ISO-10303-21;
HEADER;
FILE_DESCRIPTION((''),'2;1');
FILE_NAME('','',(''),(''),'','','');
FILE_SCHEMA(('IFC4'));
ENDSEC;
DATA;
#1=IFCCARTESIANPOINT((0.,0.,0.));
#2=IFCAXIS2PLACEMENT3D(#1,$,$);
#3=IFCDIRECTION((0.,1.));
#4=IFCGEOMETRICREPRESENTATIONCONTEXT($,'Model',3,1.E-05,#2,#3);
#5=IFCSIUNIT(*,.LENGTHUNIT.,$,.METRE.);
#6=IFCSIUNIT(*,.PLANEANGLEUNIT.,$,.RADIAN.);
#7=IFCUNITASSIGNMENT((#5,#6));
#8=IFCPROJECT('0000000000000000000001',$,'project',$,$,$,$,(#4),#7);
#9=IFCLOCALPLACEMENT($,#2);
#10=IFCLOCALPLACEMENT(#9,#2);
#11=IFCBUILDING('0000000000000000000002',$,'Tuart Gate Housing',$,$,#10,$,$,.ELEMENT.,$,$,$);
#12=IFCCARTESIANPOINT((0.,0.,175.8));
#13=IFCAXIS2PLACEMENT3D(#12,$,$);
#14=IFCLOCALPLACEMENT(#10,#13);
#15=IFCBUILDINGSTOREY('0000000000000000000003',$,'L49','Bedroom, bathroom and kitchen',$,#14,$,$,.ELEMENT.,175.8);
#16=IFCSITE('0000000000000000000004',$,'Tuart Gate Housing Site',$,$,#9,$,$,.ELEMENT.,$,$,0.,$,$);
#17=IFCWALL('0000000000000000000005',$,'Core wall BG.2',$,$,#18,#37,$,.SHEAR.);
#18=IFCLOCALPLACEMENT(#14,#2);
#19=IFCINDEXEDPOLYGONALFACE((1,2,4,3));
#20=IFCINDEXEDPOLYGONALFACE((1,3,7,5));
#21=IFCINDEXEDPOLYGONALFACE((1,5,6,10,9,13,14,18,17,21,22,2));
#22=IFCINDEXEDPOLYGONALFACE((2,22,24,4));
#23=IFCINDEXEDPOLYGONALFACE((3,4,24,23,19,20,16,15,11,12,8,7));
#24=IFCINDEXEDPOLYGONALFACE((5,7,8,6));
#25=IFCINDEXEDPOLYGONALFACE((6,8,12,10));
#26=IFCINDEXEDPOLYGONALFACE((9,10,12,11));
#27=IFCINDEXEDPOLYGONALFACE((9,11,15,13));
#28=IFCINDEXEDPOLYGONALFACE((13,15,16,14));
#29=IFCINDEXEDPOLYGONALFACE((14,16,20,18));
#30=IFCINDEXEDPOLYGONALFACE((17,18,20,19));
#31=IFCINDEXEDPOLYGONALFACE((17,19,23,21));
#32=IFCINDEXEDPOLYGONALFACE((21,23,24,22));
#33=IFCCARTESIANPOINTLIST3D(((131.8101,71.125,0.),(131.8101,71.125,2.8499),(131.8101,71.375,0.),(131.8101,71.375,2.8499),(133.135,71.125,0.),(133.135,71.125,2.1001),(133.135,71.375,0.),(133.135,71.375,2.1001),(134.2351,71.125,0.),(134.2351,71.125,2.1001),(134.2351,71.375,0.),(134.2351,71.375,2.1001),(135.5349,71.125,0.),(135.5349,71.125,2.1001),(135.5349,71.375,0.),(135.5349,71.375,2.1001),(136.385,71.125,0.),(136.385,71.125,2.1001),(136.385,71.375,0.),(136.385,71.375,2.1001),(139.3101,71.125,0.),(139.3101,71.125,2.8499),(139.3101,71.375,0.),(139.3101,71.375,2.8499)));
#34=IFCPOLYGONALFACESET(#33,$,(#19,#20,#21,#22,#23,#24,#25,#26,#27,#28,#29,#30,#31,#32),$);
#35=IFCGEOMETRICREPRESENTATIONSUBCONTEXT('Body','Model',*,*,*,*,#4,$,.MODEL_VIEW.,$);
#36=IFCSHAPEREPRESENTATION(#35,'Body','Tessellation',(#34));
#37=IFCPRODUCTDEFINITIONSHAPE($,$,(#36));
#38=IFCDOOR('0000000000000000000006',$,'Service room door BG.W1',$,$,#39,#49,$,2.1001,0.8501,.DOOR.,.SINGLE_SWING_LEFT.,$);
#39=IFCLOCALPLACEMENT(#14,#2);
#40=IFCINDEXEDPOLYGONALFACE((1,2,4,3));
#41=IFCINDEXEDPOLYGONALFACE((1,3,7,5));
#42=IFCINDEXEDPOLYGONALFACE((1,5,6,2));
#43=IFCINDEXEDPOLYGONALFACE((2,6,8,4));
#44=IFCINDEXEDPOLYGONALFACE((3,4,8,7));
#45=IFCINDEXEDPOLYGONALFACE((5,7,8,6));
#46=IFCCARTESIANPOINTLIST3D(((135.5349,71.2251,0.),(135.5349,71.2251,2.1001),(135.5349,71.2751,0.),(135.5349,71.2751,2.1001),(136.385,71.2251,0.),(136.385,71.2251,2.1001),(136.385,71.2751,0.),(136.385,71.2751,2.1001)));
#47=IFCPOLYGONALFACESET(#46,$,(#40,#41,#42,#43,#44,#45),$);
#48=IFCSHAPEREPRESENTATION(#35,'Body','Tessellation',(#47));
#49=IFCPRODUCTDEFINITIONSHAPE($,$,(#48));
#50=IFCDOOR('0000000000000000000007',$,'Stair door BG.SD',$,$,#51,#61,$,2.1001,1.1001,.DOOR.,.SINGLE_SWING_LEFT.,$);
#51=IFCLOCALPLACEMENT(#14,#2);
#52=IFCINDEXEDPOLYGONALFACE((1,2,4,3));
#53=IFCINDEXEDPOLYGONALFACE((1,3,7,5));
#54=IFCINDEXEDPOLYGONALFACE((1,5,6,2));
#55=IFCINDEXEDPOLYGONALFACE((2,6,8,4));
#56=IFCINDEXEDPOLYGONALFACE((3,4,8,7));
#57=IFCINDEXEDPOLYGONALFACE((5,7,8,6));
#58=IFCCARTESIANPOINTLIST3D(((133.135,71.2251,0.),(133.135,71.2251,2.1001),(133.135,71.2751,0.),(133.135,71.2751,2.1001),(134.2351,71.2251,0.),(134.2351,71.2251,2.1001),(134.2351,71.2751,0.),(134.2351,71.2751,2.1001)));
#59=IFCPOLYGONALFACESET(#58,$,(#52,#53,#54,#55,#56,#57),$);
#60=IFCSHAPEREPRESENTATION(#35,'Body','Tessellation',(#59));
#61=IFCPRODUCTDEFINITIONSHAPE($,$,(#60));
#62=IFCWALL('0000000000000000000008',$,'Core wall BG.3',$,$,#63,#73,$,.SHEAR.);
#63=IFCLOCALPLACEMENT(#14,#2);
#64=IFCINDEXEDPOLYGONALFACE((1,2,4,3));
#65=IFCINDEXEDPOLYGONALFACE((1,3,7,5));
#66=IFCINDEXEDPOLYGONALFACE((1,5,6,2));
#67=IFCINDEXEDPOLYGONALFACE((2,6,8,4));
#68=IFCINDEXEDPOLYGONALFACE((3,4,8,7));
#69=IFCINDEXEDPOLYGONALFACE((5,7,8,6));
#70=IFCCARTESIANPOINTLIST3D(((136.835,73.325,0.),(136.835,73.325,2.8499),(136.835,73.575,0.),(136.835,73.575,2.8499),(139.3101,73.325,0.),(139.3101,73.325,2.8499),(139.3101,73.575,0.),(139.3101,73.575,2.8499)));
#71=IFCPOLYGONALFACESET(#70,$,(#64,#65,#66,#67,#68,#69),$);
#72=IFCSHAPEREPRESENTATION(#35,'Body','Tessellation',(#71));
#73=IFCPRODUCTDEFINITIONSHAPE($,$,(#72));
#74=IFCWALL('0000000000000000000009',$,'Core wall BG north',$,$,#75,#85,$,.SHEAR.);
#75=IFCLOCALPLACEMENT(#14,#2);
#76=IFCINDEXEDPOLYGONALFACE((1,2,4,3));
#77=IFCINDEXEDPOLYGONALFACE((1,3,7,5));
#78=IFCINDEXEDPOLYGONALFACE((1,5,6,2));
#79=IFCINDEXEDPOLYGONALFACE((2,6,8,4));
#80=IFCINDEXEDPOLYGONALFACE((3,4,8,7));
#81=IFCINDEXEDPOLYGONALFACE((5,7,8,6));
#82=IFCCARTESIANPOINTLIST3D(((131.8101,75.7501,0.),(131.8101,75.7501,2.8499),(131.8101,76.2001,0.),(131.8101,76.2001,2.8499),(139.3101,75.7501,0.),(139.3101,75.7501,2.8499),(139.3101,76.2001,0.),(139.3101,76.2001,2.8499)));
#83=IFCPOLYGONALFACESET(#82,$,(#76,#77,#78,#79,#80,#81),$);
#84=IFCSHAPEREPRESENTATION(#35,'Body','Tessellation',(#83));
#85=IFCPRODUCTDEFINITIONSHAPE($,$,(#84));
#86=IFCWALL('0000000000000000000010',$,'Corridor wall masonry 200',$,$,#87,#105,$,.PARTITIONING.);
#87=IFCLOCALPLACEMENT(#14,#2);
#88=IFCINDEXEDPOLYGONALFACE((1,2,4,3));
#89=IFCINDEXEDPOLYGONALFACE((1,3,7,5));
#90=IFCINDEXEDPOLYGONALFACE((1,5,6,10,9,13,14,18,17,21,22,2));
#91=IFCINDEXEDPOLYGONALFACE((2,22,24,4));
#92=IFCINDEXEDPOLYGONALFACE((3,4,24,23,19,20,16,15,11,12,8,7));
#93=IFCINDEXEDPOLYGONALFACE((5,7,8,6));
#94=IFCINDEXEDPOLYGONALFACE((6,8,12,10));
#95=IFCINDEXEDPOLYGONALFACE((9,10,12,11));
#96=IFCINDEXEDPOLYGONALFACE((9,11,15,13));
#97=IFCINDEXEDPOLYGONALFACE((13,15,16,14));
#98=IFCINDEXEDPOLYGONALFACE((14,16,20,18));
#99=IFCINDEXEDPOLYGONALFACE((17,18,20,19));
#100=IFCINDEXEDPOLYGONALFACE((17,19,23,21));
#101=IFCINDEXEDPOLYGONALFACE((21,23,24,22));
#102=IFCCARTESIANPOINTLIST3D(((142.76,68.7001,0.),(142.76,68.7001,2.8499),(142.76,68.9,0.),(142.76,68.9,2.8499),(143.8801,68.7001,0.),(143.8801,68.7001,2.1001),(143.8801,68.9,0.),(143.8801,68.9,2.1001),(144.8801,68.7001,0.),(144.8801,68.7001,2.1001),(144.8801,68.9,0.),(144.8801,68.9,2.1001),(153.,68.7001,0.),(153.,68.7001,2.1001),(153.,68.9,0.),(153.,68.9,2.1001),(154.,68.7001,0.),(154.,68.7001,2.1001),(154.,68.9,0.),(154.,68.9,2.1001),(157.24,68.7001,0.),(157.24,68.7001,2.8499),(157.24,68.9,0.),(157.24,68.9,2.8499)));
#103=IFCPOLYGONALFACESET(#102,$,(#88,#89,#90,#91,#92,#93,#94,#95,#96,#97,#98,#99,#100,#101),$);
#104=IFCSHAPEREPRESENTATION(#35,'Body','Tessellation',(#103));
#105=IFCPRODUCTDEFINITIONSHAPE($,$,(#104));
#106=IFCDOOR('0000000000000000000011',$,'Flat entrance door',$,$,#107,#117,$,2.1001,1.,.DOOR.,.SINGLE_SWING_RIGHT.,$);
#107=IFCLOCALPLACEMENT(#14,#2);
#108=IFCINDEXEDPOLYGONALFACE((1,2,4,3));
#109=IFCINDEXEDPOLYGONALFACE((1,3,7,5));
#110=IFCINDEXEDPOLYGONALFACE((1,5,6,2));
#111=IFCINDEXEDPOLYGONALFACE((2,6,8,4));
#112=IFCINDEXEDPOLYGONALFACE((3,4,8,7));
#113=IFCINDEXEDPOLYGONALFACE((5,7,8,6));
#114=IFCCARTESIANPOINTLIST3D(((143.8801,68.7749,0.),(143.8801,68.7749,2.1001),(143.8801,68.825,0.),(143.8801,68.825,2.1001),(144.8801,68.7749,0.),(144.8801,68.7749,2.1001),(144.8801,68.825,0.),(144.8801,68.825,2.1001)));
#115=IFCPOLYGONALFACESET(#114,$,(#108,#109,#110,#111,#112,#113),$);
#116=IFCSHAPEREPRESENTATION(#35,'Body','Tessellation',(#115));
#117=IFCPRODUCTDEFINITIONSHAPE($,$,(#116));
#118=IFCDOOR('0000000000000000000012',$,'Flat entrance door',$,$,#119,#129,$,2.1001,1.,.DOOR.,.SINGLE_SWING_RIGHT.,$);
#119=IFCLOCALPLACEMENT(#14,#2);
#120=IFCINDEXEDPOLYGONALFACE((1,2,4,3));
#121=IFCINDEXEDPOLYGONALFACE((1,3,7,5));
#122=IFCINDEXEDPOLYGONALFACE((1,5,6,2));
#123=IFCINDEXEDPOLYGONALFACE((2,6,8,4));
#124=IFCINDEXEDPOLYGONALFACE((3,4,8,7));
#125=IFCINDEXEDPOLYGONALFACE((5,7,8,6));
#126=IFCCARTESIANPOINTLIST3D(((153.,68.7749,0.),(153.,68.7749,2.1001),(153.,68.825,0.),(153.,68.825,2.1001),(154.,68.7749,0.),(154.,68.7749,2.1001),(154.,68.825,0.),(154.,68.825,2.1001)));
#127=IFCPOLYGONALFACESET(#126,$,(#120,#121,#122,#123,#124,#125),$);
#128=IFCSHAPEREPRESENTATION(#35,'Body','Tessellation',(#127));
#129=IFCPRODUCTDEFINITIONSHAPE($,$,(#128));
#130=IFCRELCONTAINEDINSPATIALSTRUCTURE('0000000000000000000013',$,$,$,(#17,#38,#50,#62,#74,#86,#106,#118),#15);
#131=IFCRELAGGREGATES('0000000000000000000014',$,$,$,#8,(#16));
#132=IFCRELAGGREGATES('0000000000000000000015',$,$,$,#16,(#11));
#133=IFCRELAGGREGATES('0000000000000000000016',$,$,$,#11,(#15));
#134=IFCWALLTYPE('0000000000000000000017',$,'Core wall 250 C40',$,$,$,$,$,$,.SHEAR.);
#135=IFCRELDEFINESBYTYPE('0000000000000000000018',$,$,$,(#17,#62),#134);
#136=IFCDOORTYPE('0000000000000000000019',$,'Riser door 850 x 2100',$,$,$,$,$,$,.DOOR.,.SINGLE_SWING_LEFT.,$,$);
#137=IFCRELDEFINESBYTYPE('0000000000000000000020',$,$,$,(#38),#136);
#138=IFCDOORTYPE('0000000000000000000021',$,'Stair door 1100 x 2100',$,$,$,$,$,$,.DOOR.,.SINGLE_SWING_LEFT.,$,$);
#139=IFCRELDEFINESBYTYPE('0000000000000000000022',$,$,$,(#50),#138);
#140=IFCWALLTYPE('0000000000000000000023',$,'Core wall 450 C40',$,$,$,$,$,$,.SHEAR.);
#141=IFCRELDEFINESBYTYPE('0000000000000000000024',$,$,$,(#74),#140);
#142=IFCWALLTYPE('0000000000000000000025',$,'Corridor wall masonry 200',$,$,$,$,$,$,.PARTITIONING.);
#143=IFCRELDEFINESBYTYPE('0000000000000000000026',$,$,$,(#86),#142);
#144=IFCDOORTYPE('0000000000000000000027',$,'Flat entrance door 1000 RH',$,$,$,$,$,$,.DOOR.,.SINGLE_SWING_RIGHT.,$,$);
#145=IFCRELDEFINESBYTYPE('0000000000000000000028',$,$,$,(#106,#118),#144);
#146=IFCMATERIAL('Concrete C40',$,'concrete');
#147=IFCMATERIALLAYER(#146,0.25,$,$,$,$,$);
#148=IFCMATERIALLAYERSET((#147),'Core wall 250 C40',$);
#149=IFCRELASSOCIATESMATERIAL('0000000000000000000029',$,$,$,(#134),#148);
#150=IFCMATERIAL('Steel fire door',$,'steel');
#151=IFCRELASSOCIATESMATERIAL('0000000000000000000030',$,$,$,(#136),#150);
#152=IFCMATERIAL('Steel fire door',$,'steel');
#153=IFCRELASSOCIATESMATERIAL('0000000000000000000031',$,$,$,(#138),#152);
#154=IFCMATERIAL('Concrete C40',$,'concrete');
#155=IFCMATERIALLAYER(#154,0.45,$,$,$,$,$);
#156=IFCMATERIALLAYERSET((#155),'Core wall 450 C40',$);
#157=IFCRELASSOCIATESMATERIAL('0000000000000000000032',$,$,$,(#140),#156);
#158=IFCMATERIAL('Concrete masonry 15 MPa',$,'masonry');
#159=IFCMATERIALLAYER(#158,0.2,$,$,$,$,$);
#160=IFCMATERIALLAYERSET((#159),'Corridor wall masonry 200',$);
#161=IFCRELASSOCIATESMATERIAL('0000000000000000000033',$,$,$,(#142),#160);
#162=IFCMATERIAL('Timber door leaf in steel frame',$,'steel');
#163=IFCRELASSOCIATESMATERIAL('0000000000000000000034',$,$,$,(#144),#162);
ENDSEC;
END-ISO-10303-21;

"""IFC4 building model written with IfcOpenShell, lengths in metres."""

from ifc_helpers import new_model, si_unit, direction, frame, frame_2d, origin, place, context, subcontext, project, spatial, rectangle, extrude, material, layer, layer_set, type_object, element, fill, save


model = new_model("IFC4")

# Units and contexts
model_context = context("Model", 3, precision=1e-05, world=origin(), true_north=direction((0.0, 1.0)))
body_context = subcontext(model_context, "Body", "Model", "MODEL_VIEW")
ifc_project = project(units=[si_unit("LENGTHUNIT", "METRE"), si_unit("PLANEANGLEUNIT", "RADIAN")], contexts=[model_context])

# Site, building, storey
site_placement = place(None, origin())
site = spatial("IfcSite", under=ifc_project, at=site_placement, Name="Tuart Gate Housing Site", CompositionType="ELEMENT", RefElevation=0.0)
building_placement = place(site_placement, origin())
building = spatial("IfcBuilding", under=site, at=building_placement, Name="Tuart Gate Housing", CompositionType="ELEMENT")
storey_placement = place(building_placement, frame((0.0, 0.0, 175.8)))
storey = spatial("IfcBuildingStorey", under=building, at=storey_placement, Name="L49", Description="Bedroom, bathroom and kitchen", CompositionType="ELEMENT", Elevation=175.8)

# Wall, openings, doors
ifc_material_1 = material(Name="Concrete C40", Category="concrete")
ifc_layer_1 = layer(ifc_material_1, 0.25)
ifc_layer_set_1 = layer_set([ifc_layer_1], Name="Core wall 250 C40")
wall_type_1 = type_object("IfcWallType", Name="Core wall 250 C40", PredefinedType="SHEAR", material=ifc_layer_set_1)
wall_1_placement = place(storey_placement, frame((139.3101, 71.25, 0.0), z_axis=(0.0, 0.0, 1.0), x_axis=(-1.0, 0.0, 0.0)))
wall_1 = element("IfcWall", 1, at=wall_1_placement, inside=storey, type_object=wall_type_1, Name="Core wall BG.2", PredefinedType="SHEAR", context=body_context, shape_type="SweptSolid", body=[
    extrude(rectangle(XDim=7.5, YDim=0.25, at=frame_2d((3.75, 0.0))), origin(), (0.0, 0.0, 1.0), 2.8499),
])
opening_1_placement = place(wall_1_placement, frame((5.075, 0.0, 0.0)))
opening_1 = element("IfcOpeningElement", 2, at=opening_1_placement, cuts=wall_1, PredefinedType="OPENING", context=body_context, shape_type="SweptSolid", body=[
    extrude(rectangle(XDim=1.1001, YDim=2.1001, at=frame_2d((0.55, 1.05))), frame((0.0, 0.135, 0.0), z_axis=(0.0, -1.0, 0.0), x_axis=(1.0, 0.0, 0.0)), (0.0, 0.0, 1.0), 0.27),
])
opening_2_placement = place(wall_1_placement, frame((2.925, 0.0, 0.0)))
opening_2 = element("IfcOpeningElement", 3, at=opening_2_placement, cuts=wall_1, PredefinedType="OPENING", context=body_context, shape_type="SweptSolid", body=[
    extrude(rectangle(XDim=0.8501, YDim=2.1001, at=frame_2d((0.425, 1.05))), frame((0.0, 0.135, 0.0), z_axis=(0.0, -1.0, 0.0), x_axis=(1.0, 0.0, 0.0)), (0.0, 0.0, 1.0), 0.27),
])
ifc_material_2 = material(Name="Steel fire door", Category="steel")
door_type_1 = type_object("IfcDoorType", Name="Riser door 850 x 2100", OperationType="SINGLE_SWING_LEFT", PredefinedType="DOOR", material=ifc_material_2)
door_1_placement = place(opening_2_placement, origin())
door_1 = element("IfcDoor", 4, at=door_1_placement, inside=storey, type_object=door_type_1, Name="Service room door BG.W1", OperationType="SINGLE_SWING_LEFT", OverallHeight=2.1001, OverallWidth=0.8501, PredefinedType="DOOR", context=body_context, shape_type="SweptSolid", body=[
    extrude(rectangle(XDim=0.8501, YDim=2.1001, at=frame_2d((0.425, 1.05))), frame((0.0, 0.0249, 0.0), z_axis=(0.0, -1.0, 0.0), x_axis=(1.0, 0.0, 0.0)), (0.0, 0.0, 1.0), 0.05),
])
fill(opening_2, door_1)
ifc_material_3 = material(Name="Steel fire door", Category="steel")
door_type_2 = type_object("IfcDoorType", Name="Stair door 1100 x 2100", OperationType="SINGLE_SWING_LEFT", PredefinedType="DOOR", material=ifc_material_3)
door_2_placement = place(opening_1_placement, origin())
door_2 = element("IfcDoor", 5, at=door_2_placement, inside=storey, type_object=door_type_2, Name="Stair door BG.SD", OperationType="SINGLE_SWING_LEFT", OverallHeight=2.1001, OverallWidth=1.1001, PredefinedType="DOOR", context=body_context, shape_type="SweptSolid", body=[
    extrude(rectangle(XDim=1.1001, YDim=2.1001, at=frame_2d((0.55, 1.05))), frame((0.0, 0.0249, 0.0), z_axis=(0.0, -1.0, 0.0), x_axis=(1.0, 0.0, 0.0)), (0.0, 0.0, 1.0), 0.05),
])
fill(opening_1, door_2)

# Walls
wall_2_placement = place(storey_placement, frame((139.3101, 73.45, 0.0), z_axis=(0.0, 0.0, 1.0), x_axis=(-1.0, 0.0, 0.0)))
element("IfcWall", 6, at=wall_2_placement, inside=storey, type_object=wall_type_1, Name="Core wall BG.3", PredefinedType="SHEAR", context=body_context, shape_type="SweptSolid", body=[
    extrude(rectangle(XDim=2.4751, YDim=0.25, at=frame_2d((1.2375, 0.0))), origin(), (0.0, 0.0, 1.0), 2.8499),
])
ifc_material_4 = material(Name="Concrete C40", Category="concrete")
ifc_layer_2 = layer(ifc_material_4, 0.45)
ifc_layer_set_2 = layer_set([ifc_layer_2], Name="Core wall 450 C40")
wall_type_2 = type_object("IfcWallType", Name="Core wall 450 C40", PredefinedType="SHEAR", material=ifc_layer_set_2)
wall_3_placement = place(storey_placement, frame((139.3101, 75.9751, 0.0), z_axis=(0.0, 0.0, 1.0), x_axis=(-1.0, 0.0, 0.0)))
element("IfcWall", 7, at=wall_3_placement, inside=storey, type_object=wall_type_2, Name="Core wall BG north", PredefinedType="SHEAR", context=body_context, shape_type="SweptSolid", body=[
    extrude(rectangle(XDim=7.5, YDim=0.45, at=frame_2d((3.75, 0.0))), origin(), (0.0, 0.0, 1.0), 2.8499),
])

# Wall, openings, doors
ifc_material_5 = material(Name="Concrete masonry 15 MPa", Category="masonry")
ifc_layer_3 = layer(ifc_material_5, 0.2)
ifc_layer_set_3 = layer_set([ifc_layer_3], Name="Corridor wall masonry 200")
wall_type_3 = type_object("IfcWallType", Name="Corridor wall masonry 200", PredefinedType="PARTITIONING", material=ifc_layer_set_3)
wall_4_placement = place(storey_placement, frame((142.76, 68.8, 0.0), z_axis=(0.0, 0.0, 1.0), x_axis=(1.0, 0.0, 0.0)))
wall_4 = element("IfcWall", 8, at=wall_4_placement, inside=storey, type_object=wall_type_3, Name="Corridor wall masonry 200", PredefinedType="PARTITIONING", context=body_context, shape_type="SweptSolid", body=[
    extrude(rectangle(XDim=14.48, YDim=0.2, at=frame_2d((7.24, 0.0))), origin(), (0.0, 0.0, 1.0), 2.8499),
])
opening_3_placement = place(wall_4_placement, frame((1.1201, 0.0, 0.0)))
opening_3 = element("IfcOpeningElement", 9, at=opening_3_placement, cuts=wall_4, PredefinedType="OPENING", context=body_context, shape_type="SweptSolid", body=[
    extrude(rectangle(XDim=1.0, YDim=2.1001, at=frame_2d((0.5, 1.05))), frame((0.0, 0.1099, 0.0), z_axis=(0.0, -1.0, 0.0), x_axis=(1.0, 0.0, 0.0)), (0.0, 0.0, 1.0), 0.22),
])
opening_4_placement = place(wall_4_placement, frame((10.24, 0.0, 0.0)))
opening_4 = element("IfcOpeningElement", 10, at=opening_4_placement, cuts=wall_4, PredefinedType="OPENING", context=body_context, shape_type="SweptSolid", body=[
    extrude(rectangle(XDim=1.0, YDim=2.1001, at=frame_2d((0.5, 1.05))), frame((0.0, 0.1099, 0.0), z_axis=(0.0, -1.0, 0.0), x_axis=(1.0, 0.0, 0.0)), (0.0, 0.0, 1.0), 0.22),
])
ifc_material_6 = material(Name="Timber door leaf in steel frame", Category="steel")
door_type_3 = type_object("IfcDoorType", Name="Flat entrance door 1000 RH", OperationType="SINGLE_SWING_RIGHT", PredefinedType="DOOR", material=ifc_material_6)
door_3_placement = place(opening_3_placement, frame((1.0, 0.0, 0.0), z_axis=(0.0, 0.0, 1.0), x_axis=(-1.0, 0.0, 0.0)))
door_3 = element("IfcDoor", 11, at=door_3_placement, inside=storey, type_object=door_type_3, Name="Flat entrance door", OperationType="SINGLE_SWING_RIGHT", OverallHeight=2.1001, OverallWidth=1.0, PredefinedType="DOOR", context=body_context, shape_type="SweptSolid", body=[
    extrude(rectangle(XDim=1.0, YDim=2.1001, at=frame_2d((0.5, 1.05))), frame((0.0, 0.0251, 0.0), z_axis=(0.0, -1.0, 0.0), x_axis=(1.0, 0.0, 0.0)), (0.0, 0.0, 1.0), 0.05),
])
fill(opening_3, door_3)
door_4_placement = place(opening_4_placement, frame((1.0, 0.0, 0.0), z_axis=(0.0, 0.0, 1.0), x_axis=(-1.0, 0.0, 0.0)))
door_4 = element("IfcDoor", 12, at=door_4_placement, inside=storey, type_object=door_type_3, Name="Flat entrance door", OperationType="SINGLE_SWING_RIGHT", OverallHeight=2.1001, OverallWidth=1.0, PredefinedType="DOOR", context=body_context, shape_type="SweptSolid", body=[
    extrude(rectangle(XDim=1.0, YDim=2.1001, at=frame_2d((0.5, 1.05))), frame((0.0, 0.0251, 0.0), z_axis=(0.0, -1.0, 0.0), x_axis=(1.0, 0.0, 0.0)), (0.0, 0.0, 1.0), 0.05),
])
fill(opening_4, door_4)

save(model, "model.ifc")
